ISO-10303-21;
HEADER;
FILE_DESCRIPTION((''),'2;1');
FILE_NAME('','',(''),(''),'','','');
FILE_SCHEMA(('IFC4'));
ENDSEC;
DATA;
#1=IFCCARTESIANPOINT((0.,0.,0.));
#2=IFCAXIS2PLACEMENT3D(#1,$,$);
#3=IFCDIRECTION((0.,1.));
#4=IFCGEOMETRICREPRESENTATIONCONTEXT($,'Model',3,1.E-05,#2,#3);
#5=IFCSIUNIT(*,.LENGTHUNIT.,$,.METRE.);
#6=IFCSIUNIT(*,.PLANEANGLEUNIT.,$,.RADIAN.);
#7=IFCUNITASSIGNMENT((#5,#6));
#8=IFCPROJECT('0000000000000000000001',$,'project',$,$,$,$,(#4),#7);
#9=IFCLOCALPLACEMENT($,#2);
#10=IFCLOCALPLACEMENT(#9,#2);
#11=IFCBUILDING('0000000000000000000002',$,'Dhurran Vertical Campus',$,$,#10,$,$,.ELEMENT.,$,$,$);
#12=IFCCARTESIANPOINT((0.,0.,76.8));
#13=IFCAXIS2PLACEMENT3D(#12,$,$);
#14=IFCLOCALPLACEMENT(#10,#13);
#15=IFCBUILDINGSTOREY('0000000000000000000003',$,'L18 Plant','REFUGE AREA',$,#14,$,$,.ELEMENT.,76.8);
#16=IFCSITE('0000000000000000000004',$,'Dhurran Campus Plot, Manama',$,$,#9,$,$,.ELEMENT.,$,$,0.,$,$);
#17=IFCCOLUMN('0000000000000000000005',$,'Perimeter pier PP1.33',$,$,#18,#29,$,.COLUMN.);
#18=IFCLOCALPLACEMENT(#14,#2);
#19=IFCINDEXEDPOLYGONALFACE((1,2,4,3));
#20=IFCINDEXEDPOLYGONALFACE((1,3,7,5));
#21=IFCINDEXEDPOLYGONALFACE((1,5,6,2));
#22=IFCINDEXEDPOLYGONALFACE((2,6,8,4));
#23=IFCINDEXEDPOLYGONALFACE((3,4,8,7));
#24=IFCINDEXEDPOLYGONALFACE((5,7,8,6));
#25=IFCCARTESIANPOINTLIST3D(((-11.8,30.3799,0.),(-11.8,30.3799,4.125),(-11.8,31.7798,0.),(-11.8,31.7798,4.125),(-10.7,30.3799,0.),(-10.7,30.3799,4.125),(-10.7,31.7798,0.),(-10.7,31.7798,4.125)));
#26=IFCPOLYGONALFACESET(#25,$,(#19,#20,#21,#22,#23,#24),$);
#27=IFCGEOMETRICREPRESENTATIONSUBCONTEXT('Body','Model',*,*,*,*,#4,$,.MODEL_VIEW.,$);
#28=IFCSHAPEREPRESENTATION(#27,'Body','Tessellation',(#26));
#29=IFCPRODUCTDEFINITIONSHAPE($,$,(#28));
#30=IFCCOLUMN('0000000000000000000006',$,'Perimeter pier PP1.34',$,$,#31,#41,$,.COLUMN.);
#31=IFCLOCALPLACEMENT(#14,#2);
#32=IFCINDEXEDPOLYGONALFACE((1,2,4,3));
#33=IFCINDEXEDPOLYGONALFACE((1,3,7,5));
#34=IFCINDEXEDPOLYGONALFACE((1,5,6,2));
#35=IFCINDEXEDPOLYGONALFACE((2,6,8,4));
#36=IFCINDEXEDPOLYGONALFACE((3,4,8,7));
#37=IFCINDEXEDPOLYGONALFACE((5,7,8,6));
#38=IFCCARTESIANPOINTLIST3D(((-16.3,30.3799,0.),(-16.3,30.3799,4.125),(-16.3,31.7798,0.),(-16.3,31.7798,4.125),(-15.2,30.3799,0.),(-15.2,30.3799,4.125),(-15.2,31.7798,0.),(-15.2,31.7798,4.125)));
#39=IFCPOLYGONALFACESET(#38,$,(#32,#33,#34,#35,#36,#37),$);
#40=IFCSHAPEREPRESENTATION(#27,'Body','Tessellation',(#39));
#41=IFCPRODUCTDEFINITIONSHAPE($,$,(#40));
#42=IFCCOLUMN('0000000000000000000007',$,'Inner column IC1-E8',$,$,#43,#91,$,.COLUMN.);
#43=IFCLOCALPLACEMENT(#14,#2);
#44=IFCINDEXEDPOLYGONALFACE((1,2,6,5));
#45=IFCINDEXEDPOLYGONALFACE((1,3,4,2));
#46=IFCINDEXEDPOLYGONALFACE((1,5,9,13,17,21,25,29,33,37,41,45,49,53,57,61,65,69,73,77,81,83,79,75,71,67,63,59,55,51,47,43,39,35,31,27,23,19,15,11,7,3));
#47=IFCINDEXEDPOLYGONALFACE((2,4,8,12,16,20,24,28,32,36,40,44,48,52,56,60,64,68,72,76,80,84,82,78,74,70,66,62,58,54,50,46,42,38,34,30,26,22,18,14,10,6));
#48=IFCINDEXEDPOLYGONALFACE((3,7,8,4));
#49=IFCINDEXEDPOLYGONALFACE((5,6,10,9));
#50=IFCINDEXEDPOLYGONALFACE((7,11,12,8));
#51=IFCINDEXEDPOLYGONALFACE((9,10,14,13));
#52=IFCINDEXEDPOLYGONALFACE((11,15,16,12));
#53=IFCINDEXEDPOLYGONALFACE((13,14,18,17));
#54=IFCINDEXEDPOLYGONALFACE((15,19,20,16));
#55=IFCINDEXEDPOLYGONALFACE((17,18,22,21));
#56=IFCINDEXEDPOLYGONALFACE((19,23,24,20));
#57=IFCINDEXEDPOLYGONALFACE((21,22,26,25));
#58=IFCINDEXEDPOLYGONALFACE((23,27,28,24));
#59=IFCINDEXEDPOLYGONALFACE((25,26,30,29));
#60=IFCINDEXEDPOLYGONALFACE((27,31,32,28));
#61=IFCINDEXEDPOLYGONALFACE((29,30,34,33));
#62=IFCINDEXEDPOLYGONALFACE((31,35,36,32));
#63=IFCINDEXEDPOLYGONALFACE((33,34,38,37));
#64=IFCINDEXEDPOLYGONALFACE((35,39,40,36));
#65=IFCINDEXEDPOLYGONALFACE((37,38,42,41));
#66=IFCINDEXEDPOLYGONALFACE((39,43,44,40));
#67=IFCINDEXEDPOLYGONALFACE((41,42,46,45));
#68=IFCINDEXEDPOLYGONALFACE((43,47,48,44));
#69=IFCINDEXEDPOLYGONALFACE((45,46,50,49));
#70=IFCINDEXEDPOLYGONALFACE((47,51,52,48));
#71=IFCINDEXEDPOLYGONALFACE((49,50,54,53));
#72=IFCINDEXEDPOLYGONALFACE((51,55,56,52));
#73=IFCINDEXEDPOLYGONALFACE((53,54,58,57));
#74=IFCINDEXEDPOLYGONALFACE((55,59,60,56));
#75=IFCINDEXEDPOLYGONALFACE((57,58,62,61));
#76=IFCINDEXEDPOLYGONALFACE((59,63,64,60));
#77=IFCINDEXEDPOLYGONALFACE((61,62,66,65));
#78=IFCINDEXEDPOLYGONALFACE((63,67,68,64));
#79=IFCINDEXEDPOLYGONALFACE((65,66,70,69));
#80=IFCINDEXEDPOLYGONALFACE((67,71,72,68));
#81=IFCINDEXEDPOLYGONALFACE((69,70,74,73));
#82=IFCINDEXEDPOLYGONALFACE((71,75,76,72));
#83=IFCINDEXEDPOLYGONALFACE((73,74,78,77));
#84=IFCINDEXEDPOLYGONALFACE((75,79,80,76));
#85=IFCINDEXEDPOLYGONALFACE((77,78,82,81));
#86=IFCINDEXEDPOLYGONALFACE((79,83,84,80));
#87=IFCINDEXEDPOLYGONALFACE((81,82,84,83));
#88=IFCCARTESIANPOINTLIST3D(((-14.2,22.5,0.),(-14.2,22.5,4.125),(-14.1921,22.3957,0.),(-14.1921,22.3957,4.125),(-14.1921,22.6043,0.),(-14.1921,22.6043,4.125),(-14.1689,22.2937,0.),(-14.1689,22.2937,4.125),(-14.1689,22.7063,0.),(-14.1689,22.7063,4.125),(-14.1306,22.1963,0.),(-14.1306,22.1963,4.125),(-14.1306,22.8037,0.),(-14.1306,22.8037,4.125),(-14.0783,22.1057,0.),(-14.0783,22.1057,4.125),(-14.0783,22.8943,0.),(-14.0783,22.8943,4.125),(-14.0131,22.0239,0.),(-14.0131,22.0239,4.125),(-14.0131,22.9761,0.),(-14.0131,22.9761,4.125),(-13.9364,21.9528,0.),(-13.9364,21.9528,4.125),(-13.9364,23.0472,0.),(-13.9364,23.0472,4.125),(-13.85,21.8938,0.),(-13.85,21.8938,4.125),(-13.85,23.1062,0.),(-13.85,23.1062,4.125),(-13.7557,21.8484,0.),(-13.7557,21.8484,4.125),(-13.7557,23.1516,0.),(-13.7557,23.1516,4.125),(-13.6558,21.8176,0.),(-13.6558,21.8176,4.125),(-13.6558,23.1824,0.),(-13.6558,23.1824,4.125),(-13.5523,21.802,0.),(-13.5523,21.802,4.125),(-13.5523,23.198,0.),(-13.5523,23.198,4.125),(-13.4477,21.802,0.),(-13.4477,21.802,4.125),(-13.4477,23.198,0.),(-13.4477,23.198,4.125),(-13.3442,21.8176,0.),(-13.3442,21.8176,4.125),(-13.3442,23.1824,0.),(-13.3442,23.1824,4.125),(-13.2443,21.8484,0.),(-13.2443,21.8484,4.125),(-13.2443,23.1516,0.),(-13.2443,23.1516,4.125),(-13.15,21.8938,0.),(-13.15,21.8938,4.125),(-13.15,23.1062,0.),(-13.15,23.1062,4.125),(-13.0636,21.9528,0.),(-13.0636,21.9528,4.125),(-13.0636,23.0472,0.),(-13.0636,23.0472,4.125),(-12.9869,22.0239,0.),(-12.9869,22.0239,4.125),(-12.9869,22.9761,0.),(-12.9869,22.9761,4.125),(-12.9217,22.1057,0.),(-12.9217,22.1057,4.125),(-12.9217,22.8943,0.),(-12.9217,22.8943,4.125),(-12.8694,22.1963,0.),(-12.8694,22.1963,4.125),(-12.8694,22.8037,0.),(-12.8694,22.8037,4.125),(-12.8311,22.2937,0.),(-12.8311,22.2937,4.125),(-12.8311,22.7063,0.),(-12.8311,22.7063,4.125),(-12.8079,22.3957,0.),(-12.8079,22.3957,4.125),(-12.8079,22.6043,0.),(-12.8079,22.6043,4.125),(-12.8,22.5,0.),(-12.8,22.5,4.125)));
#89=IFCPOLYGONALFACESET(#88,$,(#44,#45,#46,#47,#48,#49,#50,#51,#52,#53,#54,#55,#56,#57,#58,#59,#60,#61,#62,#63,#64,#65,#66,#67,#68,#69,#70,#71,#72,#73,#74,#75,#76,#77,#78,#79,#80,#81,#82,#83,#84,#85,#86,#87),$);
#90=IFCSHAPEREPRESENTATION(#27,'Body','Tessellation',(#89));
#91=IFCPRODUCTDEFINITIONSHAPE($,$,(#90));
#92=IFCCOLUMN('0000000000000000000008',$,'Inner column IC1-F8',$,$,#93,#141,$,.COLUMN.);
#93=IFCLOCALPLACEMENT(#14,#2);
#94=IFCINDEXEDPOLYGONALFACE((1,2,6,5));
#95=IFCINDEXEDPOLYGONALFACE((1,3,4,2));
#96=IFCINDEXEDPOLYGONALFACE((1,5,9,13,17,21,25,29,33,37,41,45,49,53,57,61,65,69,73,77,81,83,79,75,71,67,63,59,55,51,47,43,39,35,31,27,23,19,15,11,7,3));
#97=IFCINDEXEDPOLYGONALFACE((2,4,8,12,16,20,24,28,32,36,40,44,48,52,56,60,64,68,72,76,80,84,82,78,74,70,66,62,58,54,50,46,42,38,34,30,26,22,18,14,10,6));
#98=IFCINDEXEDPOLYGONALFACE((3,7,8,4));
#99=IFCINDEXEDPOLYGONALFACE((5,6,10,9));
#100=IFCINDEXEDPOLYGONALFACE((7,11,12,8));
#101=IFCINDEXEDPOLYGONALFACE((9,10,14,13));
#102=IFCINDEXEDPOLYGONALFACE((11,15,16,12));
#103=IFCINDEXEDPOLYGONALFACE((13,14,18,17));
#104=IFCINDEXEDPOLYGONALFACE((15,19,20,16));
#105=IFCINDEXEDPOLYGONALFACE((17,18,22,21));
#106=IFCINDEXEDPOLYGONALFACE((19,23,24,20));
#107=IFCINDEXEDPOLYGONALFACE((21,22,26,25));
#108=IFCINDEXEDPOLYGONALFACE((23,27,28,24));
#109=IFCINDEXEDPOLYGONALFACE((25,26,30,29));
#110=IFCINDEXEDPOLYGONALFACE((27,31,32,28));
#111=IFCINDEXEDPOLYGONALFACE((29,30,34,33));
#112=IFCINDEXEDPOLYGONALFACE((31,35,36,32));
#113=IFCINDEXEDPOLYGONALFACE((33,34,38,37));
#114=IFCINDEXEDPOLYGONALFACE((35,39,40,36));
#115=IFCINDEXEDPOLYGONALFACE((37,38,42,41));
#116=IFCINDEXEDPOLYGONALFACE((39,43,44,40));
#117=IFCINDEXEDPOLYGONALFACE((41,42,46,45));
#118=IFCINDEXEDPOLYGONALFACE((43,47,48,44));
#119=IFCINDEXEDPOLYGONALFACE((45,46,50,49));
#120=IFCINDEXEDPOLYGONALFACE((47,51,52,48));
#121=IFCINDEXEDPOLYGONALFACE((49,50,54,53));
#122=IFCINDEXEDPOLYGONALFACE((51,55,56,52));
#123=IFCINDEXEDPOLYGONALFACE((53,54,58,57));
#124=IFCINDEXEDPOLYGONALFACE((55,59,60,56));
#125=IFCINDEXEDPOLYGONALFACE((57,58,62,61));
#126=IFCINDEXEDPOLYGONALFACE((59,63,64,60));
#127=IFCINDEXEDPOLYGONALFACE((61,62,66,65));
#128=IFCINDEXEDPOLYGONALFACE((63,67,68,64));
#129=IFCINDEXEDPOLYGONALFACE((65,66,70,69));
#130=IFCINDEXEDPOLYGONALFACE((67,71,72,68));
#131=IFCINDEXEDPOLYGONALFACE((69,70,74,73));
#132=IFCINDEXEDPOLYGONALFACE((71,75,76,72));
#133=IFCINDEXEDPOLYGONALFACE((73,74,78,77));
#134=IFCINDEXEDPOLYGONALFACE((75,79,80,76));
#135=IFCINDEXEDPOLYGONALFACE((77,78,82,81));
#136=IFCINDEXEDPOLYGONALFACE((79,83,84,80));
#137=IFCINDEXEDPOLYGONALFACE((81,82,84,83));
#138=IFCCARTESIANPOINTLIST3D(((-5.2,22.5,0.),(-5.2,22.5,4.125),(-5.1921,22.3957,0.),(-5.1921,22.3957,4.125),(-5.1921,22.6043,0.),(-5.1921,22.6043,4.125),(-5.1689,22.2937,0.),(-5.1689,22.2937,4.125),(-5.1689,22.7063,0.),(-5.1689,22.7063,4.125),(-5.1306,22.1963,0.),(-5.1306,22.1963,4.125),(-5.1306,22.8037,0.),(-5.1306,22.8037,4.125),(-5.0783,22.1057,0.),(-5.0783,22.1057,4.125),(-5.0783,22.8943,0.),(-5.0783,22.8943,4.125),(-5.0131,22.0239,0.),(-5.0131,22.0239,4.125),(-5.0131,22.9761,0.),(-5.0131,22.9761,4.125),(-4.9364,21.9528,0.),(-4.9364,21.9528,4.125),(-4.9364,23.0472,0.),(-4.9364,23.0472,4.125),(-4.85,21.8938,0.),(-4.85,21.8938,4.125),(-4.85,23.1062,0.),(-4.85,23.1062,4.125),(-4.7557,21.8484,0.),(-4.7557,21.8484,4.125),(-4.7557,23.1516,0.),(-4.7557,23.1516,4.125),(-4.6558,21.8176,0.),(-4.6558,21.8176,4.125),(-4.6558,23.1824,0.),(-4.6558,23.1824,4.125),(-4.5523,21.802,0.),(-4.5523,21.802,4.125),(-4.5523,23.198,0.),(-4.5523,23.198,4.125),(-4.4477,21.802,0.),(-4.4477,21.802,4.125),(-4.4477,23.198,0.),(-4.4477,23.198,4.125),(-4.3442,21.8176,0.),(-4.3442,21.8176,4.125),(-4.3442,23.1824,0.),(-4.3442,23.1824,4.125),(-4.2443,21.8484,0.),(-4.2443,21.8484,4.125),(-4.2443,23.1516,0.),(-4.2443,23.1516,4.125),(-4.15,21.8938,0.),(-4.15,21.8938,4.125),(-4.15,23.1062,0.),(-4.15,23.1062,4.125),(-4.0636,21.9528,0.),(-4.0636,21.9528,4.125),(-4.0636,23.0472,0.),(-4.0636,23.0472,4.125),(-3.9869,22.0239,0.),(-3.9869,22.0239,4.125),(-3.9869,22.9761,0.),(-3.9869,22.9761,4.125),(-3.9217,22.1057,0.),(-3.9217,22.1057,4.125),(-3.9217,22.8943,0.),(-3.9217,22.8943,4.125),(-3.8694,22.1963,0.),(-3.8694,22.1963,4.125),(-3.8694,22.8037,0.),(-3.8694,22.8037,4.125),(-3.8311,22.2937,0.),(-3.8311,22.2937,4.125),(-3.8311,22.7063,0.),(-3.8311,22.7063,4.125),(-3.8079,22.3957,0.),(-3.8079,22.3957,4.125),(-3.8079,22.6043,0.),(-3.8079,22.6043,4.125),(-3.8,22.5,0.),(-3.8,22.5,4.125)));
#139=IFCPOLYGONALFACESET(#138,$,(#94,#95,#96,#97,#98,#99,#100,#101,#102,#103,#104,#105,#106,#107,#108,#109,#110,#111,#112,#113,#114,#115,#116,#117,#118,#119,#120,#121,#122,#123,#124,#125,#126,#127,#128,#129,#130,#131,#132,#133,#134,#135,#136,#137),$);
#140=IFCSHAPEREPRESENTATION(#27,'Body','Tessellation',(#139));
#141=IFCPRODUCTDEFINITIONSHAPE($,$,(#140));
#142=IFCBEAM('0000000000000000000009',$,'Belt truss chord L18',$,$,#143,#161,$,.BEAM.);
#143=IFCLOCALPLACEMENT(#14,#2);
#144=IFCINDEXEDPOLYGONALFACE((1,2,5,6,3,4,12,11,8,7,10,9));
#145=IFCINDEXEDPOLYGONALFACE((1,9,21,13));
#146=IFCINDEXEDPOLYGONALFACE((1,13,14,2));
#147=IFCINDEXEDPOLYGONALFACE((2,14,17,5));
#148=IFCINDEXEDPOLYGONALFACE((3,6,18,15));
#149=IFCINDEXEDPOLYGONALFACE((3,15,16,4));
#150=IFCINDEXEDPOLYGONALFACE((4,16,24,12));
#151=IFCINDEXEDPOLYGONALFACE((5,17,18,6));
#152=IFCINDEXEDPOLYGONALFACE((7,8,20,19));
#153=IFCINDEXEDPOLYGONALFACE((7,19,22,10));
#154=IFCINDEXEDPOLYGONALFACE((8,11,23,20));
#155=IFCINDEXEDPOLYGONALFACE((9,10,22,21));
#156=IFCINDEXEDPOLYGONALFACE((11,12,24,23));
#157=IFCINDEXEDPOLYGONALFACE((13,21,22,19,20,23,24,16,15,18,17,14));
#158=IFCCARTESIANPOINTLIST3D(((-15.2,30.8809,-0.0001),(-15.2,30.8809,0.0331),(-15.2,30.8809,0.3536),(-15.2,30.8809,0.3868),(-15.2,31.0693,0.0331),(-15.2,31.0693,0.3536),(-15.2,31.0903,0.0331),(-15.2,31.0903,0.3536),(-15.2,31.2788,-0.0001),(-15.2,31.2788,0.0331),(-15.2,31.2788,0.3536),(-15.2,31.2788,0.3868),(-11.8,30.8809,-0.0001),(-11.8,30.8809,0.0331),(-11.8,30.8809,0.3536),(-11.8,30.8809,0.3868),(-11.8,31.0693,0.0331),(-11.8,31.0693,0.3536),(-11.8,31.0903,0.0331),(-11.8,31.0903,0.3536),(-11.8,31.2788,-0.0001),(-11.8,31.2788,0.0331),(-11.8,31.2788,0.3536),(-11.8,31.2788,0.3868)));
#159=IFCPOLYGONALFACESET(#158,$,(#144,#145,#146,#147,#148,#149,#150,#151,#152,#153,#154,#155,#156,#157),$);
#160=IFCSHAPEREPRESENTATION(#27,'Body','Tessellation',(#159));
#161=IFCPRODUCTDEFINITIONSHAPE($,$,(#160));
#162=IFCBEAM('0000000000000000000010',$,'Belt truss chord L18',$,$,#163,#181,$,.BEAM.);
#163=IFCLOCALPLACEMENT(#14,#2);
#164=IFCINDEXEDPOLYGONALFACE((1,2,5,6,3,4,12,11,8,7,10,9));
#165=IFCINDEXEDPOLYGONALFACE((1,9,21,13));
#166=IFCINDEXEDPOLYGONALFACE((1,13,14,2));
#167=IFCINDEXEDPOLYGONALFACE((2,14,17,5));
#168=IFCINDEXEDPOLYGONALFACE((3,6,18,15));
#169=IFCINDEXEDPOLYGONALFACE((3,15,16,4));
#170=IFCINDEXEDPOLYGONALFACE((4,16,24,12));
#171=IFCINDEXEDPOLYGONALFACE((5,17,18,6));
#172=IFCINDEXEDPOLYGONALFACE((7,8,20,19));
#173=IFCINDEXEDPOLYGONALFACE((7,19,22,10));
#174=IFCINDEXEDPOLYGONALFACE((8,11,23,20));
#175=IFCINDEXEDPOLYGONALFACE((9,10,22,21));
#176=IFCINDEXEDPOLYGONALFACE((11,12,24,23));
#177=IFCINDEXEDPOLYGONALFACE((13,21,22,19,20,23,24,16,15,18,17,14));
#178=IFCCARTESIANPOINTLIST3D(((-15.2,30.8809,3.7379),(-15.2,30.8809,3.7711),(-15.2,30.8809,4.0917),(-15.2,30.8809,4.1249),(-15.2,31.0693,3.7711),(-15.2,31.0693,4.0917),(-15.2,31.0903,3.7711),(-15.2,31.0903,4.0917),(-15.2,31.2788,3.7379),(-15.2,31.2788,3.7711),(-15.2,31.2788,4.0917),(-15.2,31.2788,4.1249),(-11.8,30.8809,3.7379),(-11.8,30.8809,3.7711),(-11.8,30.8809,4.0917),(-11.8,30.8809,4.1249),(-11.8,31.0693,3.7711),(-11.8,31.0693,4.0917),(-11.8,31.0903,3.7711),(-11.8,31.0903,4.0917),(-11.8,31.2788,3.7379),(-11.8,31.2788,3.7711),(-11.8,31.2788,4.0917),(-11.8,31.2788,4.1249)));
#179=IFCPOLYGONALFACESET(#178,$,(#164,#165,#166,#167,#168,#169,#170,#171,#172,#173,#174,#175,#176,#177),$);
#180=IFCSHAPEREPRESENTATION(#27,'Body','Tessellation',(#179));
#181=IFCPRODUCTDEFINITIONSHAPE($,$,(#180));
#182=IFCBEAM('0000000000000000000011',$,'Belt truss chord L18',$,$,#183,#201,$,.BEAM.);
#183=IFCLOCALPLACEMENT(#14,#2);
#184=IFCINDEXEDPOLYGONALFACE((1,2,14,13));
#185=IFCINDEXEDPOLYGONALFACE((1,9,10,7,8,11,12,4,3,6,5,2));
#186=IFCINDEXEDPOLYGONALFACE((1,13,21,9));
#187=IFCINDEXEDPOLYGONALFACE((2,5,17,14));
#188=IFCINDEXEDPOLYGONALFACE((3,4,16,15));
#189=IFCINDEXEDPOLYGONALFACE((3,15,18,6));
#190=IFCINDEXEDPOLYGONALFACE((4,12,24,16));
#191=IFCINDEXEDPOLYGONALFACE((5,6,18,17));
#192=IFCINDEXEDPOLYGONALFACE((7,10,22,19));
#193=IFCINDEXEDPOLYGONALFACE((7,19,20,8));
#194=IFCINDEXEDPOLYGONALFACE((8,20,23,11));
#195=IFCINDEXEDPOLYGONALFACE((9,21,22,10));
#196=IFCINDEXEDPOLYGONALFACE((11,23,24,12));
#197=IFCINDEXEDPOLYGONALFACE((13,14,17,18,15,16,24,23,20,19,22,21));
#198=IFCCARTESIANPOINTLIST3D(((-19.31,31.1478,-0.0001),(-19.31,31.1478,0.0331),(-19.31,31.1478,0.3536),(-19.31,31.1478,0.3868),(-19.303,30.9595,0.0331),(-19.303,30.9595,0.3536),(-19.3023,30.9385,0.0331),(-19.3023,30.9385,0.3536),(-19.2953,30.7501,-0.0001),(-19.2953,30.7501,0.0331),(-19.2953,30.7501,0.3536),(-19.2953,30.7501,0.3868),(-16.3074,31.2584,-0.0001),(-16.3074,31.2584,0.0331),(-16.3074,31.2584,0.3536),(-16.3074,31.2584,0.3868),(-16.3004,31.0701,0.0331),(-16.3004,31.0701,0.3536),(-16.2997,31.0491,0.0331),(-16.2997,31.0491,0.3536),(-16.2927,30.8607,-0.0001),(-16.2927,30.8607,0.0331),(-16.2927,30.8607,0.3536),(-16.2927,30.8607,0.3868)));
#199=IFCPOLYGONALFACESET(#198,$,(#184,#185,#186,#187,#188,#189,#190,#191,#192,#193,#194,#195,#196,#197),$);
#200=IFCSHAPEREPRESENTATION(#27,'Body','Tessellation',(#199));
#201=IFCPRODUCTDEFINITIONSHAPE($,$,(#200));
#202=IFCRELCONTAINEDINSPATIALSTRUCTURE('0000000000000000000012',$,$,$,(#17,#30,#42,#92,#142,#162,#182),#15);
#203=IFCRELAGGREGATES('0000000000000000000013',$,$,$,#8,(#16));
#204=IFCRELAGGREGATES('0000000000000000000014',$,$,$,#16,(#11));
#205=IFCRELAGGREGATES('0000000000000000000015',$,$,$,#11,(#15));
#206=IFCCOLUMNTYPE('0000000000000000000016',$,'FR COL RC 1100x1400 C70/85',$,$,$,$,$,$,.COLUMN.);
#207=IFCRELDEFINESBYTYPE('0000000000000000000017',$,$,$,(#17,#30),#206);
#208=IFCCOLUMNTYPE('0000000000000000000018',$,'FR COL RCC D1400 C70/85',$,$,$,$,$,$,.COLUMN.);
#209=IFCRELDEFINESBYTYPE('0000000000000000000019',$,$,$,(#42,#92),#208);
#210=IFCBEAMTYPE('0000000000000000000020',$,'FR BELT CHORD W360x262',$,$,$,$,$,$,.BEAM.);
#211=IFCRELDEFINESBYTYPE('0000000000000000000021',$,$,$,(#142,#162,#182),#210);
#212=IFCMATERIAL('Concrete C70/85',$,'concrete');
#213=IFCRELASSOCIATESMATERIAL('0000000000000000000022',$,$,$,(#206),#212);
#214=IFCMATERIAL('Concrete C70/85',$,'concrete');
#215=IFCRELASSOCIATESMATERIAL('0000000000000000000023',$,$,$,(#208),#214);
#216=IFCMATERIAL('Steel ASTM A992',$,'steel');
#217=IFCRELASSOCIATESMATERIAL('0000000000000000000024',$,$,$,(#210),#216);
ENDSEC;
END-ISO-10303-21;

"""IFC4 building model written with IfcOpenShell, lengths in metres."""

from ifc_helpers import new_model, si_unit, direction, frame, origin, origin_2d, place, context, subcontext, project, spatial, rectangle, circle, i_section, extrude, material, material_profile, profile_set, type_object, element, save


model = new_model("IFC4")

# Units and contexts
model_context = context("Model", 3, precision=1e-05, world=origin(), true_north=direction((0.0, 1.0)))
body_context = subcontext(model_context, "Body", "Model", "MODEL_VIEW")
ifc_project = project(units=[si_unit("LENGTHUNIT", "METRE"), si_unit("PLANEANGLEUNIT", "RADIAN")], contexts=[model_context])

# Site, building, storey
site_placement = place(None, origin())
site = spatial("IfcSite", under=ifc_project, at=site_placement, Name="Dhurran Campus Plot, Manama", CompositionType="ELEMENT", RefElevation=0.0)
building_placement = place(site_placement, origin())
building = spatial("IfcBuilding", under=site, at=building_placement, Name="Dhurran Vertical Campus", CompositionType="ELEMENT")
storey_placement = place(building_placement, frame((0.0, 0.0, 76.8)))
storey = spatial("IfcBuildingStorey", under=building, at=storey_placement, Name="L18 Plant", Description="REFUGE AREA", CompositionType="ELEMENT", Elevation=76.8)

# Columns
ifc_material_1 = material(Name="Concrete C70/85", Category="concrete")
ifc_material_profile_1 = material_profile(ifc_material_1, rectangle(XDim=1.1001, YDim=1.3999, at=origin_2d()), Name="RC 1100x1400")
ifc_profile_set_1 = profile_set([ifc_material_profile_1], Name="Concrete C70/85")
column_type_1 = type_object("IfcColumnType", Name="FR COL RC 1100x1400 C70/85", PredefinedType="COLUMN", material=ifc_profile_set_1)
for number, where, z_axis, x_axis, name in (
    (1, (-11.25, 31.0798, 0.0), (0.0, 0.0, 1.0), (-1.0, 0.0, 0.0), "Perimeter pier PP1.33"),
    (2, (-15.75, 31.0798, 0.0), (0.0, 0.0, 1.0), (-1.0, 0.0, 0.0), "Perimeter pier PP1.34"),
):
    element("IfcColumn", number, at=place(storey_placement, frame(where, z_axis=z_axis, x_axis=x_axis)), inside=storey, type_object=column_type_1, Name=name, PredefinedType="COLUMN", context=body_context, shape_type="SweptSolid", body=[
        extrude(rectangle(XDim=1.1001, YDim=1.3999, at=origin_2d()), origin(), (0.0, 0.0, 1.0), 4.125),
    ])
ifc_material_2 = material(Name="Concrete C70/85", Category="concrete")
ifc_material_profile_2 = material_profile(ifc_material_2, circle(Radius=0.7, at=origin_2d()), Name="RCC D1400")
ifc_profile_set_2 = profile_set([ifc_material_profile_2], Name="Concrete C70/85")
column_type_2 = type_object("IfcColumnType", Name="FR COL RCC D1400 C70/85", PredefinedType="COLUMN", material=ifc_profile_set_2)
for number, where, z_axis, x_axis, name in (
    (3, (-13.5, 22.5, 0.0), (0.0, 0.0, 1.0), (1.0, 0.0, 0.0), "Inner column IC1-E8"),
    (4, (-4.5, 22.5, 0.0), (0.0, 0.0, 1.0), (1.0, 0.0, 0.0), "Inner column IC1-F8"),
):
    element("IfcColumn", number, at=place(storey_placement, frame(where, z_axis=z_axis, x_axis=x_axis)), inside=storey, type_object=column_type_2, Name=name, PredefinedType="COLUMN", context=body_context, shape_type="SweptSolid", body=[
        extrude(circle(Radius=0.7, at=origin_2d()), origin(), (0.0, 0.0, 1.0), 4.125),
    ])

# Beams
ifc_material_3 = material(Name="Steel ASTM A992", Category="steel")
ifc_material_profile_3 = material_profile(ifc_material_3, i_section(OverallWidth=0.3979, OverallDepth=0.387, WebThickness=0.021, FlangeThickness=0.0332, at=origin_2d()), Name="W360x262")
ifc_profile_set_3 = profile_set([ifc_material_profile_3], Name="Steel ASTM A992")
beam_type = type_object("IfcBeamType", Name="FR BELT CHORD W360x262", PredefinedType="BEAM", material=ifc_profile_set_3)
for number, where, z_axis, x_axis, name in (
    (5, (-11.8, 31.0798, 0.1934), (-1.0, 0.0, 0.0), (0.0, -1.0, 0.0), "Belt truss chord L18"),
    (6, (-11.8, 31.0798, 3.9314), (-1.0, 0.0, 0.0), (0.0, -1.0, 0.0), "Belt truss chord L18"),
):
    element("IfcBeam", number, at=place(storey_placement, frame(where, z_axis=z_axis, x_axis=x_axis)), inside=storey, type_object=beam_type, Name=name, PredefinedType="BEAM", context=body_context, shape_type="SweptSolid", body=[
        extrude(i_section(OverallWidth=0.3979, OverallDepth=0.387, WebThickness=0.021, FlangeThickness=0.0332, at=origin_2d()), origin(), (0.0, 0.0, 1.0), 3.3999),
    ])
for number, where, z_axis, x_axis, name in (
    (7, (-16.3, 31.0596, 0.1934), (-0.999322, -0.036807, 0.0), (0.036807, -0.999322, 0.0), "Belt truss chord L18"),
):
    element("IfcBeam", number, at=place(storey_placement, frame(where, z_axis=z_axis, x_axis=x_axis)), inside=storey, type_object=beam_type, Name=name, PredefinedType="BEAM", context=body_context, shape_type="SweptSolid", body=[
        extrude(i_section(OverallWidth=0.3979, OverallDepth=0.387, WebThickness=0.021, FlangeThickness=0.0332, at=origin_2d()), origin(), (0.0, 0.0, 1.0), 3.0046),
    ])

save(model, "model.ifc")
